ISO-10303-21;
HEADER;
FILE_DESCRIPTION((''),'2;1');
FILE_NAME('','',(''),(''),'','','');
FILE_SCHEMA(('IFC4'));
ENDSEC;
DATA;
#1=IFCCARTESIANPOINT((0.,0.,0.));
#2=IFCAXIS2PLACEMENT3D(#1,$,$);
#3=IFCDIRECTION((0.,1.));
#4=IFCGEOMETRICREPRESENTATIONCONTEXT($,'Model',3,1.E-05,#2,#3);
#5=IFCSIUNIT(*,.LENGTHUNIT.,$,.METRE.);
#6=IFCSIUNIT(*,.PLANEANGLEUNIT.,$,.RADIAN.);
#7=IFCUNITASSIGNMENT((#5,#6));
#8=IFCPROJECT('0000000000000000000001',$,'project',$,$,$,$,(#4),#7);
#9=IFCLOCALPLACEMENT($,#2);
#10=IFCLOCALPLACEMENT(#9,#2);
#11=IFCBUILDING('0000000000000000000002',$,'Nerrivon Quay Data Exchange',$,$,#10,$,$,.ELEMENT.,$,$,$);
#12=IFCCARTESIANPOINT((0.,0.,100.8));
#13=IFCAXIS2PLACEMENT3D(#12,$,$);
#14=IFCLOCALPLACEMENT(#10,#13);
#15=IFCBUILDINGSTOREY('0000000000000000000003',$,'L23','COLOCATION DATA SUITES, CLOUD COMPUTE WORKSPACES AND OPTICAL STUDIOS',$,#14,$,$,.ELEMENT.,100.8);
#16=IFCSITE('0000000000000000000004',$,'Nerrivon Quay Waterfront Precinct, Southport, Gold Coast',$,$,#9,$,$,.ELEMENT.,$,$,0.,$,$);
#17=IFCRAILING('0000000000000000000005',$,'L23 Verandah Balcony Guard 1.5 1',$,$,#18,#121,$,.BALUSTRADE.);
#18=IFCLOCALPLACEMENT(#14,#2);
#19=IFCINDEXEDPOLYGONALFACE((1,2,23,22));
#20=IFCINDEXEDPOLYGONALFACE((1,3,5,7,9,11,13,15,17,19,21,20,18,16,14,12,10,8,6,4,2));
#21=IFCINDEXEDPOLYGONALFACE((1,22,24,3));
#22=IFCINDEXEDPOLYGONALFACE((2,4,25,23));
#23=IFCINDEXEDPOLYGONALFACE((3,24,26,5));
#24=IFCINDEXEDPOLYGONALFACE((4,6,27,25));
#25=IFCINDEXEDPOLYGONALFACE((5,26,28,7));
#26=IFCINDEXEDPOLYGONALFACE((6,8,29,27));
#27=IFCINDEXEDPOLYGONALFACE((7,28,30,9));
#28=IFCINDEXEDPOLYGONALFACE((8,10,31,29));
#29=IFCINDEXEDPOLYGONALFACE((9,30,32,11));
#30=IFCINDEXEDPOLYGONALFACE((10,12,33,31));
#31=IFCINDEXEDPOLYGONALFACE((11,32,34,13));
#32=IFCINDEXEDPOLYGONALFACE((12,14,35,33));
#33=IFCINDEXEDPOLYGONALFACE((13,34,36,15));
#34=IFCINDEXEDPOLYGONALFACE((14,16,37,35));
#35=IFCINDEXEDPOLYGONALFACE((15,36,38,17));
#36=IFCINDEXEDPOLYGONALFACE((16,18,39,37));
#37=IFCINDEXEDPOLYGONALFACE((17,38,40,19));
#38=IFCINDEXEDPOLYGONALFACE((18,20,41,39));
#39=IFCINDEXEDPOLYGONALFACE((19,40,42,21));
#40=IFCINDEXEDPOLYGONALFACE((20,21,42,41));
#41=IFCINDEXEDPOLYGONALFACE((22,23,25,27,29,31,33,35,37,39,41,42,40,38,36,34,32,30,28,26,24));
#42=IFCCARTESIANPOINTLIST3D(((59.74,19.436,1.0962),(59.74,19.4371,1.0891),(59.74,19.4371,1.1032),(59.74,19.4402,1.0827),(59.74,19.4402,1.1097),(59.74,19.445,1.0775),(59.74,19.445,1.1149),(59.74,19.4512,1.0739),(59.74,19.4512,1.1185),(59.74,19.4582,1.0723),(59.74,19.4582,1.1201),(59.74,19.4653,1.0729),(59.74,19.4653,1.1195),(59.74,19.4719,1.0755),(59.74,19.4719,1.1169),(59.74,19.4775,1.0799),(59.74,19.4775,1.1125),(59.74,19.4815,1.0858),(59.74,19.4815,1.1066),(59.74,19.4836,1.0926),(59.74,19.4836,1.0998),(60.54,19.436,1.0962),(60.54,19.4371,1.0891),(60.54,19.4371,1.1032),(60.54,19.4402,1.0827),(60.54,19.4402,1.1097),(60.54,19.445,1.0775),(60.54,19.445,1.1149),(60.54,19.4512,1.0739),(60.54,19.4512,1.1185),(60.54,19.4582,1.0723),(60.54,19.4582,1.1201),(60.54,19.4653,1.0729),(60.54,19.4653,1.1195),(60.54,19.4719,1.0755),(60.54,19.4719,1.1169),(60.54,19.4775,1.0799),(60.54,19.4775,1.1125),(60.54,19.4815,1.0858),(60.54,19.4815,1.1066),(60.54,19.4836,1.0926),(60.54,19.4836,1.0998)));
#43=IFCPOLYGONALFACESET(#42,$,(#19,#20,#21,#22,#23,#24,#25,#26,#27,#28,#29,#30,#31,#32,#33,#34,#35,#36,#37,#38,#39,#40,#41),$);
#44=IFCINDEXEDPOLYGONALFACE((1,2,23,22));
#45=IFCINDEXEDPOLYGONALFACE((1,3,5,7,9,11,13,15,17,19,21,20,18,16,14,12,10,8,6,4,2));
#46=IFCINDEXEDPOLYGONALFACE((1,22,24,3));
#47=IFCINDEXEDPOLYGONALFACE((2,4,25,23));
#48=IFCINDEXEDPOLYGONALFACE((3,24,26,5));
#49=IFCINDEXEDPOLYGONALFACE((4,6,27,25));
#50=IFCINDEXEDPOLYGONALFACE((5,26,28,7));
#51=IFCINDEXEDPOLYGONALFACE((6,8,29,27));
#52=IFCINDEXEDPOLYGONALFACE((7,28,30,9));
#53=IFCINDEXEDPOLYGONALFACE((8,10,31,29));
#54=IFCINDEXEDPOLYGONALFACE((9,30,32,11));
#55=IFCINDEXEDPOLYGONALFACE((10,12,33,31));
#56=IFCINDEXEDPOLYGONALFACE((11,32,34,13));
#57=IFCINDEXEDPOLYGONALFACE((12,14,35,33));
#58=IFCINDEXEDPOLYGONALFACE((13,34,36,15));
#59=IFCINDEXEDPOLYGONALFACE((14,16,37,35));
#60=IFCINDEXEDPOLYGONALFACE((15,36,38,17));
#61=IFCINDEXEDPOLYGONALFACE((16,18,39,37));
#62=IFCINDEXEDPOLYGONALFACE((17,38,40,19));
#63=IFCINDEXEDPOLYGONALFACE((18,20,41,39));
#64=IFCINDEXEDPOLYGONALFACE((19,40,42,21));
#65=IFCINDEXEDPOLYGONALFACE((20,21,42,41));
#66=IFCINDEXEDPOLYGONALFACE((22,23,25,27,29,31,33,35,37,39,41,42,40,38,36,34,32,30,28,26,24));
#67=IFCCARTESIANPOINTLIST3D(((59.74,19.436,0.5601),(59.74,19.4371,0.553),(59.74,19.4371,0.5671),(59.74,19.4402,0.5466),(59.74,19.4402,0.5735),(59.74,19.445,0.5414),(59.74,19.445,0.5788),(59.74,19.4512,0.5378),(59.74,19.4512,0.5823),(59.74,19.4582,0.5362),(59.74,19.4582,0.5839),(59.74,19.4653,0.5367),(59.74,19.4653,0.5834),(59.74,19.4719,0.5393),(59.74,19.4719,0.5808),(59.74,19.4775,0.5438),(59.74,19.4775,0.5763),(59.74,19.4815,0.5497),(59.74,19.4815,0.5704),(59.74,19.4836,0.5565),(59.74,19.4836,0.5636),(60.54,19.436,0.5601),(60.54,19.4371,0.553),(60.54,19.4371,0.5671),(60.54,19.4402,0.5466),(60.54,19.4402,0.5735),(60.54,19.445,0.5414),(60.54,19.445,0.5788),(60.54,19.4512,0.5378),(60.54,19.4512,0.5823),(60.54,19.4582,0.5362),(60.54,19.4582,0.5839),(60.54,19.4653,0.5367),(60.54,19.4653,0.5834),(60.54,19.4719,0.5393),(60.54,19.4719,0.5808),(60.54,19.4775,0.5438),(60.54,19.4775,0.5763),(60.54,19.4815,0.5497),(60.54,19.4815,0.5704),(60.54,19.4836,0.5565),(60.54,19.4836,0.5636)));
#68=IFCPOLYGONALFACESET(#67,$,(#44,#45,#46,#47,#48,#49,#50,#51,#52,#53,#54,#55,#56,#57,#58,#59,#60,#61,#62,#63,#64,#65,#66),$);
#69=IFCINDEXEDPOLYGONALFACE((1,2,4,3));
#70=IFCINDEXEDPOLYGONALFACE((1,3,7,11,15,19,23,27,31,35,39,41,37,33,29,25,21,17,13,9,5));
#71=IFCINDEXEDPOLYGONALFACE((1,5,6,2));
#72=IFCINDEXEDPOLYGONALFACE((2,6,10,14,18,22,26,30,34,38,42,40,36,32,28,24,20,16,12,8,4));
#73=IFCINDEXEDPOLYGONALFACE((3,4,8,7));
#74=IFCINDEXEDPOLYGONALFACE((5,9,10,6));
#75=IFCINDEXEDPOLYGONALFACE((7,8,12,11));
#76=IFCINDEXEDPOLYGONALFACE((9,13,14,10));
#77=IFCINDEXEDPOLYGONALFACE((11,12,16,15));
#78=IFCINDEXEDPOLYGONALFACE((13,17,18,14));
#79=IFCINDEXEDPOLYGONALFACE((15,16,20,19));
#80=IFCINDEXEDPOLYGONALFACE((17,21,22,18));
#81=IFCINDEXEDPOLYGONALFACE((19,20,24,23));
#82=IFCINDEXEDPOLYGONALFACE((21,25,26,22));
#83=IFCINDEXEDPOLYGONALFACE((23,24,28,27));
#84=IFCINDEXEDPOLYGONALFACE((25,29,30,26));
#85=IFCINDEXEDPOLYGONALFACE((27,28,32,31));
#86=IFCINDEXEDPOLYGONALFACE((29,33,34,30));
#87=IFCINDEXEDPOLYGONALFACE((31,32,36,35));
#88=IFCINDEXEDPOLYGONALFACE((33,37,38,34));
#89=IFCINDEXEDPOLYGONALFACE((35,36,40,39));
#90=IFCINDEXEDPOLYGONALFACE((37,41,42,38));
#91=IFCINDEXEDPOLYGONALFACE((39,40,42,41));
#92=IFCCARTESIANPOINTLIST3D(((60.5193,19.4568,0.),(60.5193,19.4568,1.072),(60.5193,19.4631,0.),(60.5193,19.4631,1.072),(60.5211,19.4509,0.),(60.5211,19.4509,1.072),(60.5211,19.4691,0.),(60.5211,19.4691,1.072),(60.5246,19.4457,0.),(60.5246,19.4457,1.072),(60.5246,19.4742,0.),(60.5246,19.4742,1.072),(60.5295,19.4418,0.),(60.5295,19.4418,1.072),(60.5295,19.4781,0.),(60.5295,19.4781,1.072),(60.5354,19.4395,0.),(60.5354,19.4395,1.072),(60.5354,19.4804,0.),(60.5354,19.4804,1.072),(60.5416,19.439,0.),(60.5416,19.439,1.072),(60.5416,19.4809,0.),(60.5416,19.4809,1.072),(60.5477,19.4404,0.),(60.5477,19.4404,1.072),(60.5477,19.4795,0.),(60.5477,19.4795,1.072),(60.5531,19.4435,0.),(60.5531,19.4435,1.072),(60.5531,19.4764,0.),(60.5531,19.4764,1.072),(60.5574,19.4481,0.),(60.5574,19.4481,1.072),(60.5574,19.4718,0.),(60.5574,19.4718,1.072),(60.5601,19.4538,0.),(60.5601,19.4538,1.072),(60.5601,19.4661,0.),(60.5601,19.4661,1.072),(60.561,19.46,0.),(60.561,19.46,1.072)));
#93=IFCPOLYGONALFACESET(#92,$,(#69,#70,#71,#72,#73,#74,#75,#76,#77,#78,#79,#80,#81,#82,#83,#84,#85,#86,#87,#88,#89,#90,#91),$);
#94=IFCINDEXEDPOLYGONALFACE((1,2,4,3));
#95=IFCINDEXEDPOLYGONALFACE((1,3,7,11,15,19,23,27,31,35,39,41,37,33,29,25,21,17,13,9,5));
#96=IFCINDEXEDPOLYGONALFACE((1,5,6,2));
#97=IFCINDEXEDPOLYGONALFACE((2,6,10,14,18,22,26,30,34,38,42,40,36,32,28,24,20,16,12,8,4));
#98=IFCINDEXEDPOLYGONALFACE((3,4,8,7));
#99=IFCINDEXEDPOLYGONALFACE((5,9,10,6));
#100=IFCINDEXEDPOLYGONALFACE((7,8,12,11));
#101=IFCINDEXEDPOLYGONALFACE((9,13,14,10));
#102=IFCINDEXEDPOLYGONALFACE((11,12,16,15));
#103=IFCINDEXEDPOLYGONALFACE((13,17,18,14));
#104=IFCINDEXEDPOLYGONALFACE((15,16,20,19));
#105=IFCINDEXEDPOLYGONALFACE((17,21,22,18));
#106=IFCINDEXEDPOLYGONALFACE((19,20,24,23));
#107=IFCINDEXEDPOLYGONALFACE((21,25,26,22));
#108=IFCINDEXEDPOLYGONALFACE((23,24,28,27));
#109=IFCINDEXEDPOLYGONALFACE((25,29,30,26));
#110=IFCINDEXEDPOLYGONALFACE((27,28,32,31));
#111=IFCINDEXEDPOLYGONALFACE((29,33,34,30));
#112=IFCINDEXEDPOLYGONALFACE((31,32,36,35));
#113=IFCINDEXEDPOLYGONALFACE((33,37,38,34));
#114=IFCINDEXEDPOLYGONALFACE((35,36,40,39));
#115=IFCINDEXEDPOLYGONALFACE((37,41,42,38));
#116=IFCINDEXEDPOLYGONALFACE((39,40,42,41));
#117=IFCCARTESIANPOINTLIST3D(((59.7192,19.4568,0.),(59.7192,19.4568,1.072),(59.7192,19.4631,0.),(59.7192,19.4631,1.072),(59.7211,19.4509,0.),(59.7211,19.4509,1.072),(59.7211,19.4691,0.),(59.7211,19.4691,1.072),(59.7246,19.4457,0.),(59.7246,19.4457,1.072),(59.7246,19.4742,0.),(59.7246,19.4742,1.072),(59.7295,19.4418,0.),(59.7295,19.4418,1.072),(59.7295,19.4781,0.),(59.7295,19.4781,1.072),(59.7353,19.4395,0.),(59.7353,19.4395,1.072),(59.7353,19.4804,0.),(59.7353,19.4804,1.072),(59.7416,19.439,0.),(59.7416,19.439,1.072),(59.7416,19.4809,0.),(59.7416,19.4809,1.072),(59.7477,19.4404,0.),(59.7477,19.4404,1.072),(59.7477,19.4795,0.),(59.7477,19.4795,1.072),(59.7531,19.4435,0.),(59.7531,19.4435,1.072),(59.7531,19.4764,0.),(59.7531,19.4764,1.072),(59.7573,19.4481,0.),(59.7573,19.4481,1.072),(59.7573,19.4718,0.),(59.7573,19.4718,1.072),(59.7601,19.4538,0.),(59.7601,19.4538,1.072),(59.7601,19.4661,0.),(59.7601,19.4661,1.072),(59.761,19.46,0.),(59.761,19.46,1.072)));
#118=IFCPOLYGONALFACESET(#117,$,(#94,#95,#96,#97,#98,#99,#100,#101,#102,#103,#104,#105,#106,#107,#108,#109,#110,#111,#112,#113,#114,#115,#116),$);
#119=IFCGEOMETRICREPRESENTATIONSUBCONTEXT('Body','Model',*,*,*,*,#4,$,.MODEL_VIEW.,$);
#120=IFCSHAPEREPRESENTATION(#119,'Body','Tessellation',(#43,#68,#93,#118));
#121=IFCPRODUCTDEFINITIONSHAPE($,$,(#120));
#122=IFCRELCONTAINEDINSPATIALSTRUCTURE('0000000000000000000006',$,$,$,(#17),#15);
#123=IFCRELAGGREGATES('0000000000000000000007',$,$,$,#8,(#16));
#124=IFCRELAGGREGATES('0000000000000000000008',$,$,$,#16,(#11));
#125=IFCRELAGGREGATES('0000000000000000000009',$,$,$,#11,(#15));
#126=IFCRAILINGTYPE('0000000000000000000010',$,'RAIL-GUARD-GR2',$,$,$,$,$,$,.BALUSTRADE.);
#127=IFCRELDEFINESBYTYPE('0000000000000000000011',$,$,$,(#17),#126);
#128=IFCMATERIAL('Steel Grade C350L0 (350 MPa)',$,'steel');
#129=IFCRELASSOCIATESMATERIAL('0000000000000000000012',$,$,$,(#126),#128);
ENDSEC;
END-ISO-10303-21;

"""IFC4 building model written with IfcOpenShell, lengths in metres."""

from ifc_helpers import new_model, si_unit, direction, frame, origin, origin_2d, place, context, subcontext, project, spatial, circle, extrude, material, type_object, element, save


model = new_model("IFC4")

# Units and contexts
model_context = context("Model", 3, precision=1e-05, world=origin(), true_north=direction((0.0, 1.0)))
body_context = subcontext(model_context, "Body", "Model", "MODEL_VIEW")
ifc_project = project(units=[si_unit("LENGTHUNIT", "METRE"), si_unit("PLANEANGLEUNIT", "RADIAN")], contexts=[model_context])

# Site, building, storey
site_placement = place(None, origin())
site = spatial("IfcSite", under=ifc_project, at=site_placement, Name="Nerrivon Quay Waterfront Precinct, Southport, Gold Coast", CompositionType="ELEMENT", RefElevation=0.0)
building_placement = place(site_placement, origin())
building = spatial("IfcBuilding", under=site, at=building_placement, Name="Nerrivon Quay Data Exchange", CompositionType="ELEMENT")
storey_placement = place(building_placement, frame((0.0, 0.0, 100.8)))
storey = spatial("IfcBuildingStorey", under=building, at=storey_placement, Name="L23", Description="COLOCATION DATA SUITES, CLOUD COMPUTE WORKSPACES AND OPTICAL STUDIOS", CompositionType="ELEMENT", Elevation=100.8)

# Railing
ifc_material_1 = material(Name="Steel Grade C350L0 (350 MPa)", Category="steel")
railing_type = type_object("IfcRailingType", Name="RAIL-GUARD-GR2", PredefinedType="BALUSTRADE", material=ifc_material_1)
railing_1_placement = place(storey_placement, frame((60.54, 19.46, 0.0)))
element("IfcRailing", 1, at=railing_1_placement, inside=storey, type_object=railing_type, Name="L23 Verandah Balcony Guard 1.5 1", PredefinedType="BALUSTRADE", context=body_context, shape_type="SweptSolid", body=[
    extrude(circle(Radius=0.0239, at=origin_2d()), frame((0.0, 0.0, 1.0962), z_axis=(-1.0, 0.0, 0.0), x_axis=(0.0, -1.0, 0.0)), (0.0, 0.0, 1.0), 0.8),
    extrude(circle(Radius=0.0239, at=origin_2d()), frame((0.0, 0.0, 0.5601), z_axis=(-1.0, 0.0, 0.0), x_axis=(0.0, -1.0, 0.0)), (0.0, 0.0, 1.0), 0.8),
    extrude(circle(Radius=0.021, at=origin_2d()), origin(), (0.0, 0.0, 1.0), 1.072),
    extrude(circle(Radius=0.021, at=origin_2d()), frame((-0.8, 0.0, 0.0)), (0.0, 0.0, 1.0), 1.072),
])

save(model, "model.ifc")
